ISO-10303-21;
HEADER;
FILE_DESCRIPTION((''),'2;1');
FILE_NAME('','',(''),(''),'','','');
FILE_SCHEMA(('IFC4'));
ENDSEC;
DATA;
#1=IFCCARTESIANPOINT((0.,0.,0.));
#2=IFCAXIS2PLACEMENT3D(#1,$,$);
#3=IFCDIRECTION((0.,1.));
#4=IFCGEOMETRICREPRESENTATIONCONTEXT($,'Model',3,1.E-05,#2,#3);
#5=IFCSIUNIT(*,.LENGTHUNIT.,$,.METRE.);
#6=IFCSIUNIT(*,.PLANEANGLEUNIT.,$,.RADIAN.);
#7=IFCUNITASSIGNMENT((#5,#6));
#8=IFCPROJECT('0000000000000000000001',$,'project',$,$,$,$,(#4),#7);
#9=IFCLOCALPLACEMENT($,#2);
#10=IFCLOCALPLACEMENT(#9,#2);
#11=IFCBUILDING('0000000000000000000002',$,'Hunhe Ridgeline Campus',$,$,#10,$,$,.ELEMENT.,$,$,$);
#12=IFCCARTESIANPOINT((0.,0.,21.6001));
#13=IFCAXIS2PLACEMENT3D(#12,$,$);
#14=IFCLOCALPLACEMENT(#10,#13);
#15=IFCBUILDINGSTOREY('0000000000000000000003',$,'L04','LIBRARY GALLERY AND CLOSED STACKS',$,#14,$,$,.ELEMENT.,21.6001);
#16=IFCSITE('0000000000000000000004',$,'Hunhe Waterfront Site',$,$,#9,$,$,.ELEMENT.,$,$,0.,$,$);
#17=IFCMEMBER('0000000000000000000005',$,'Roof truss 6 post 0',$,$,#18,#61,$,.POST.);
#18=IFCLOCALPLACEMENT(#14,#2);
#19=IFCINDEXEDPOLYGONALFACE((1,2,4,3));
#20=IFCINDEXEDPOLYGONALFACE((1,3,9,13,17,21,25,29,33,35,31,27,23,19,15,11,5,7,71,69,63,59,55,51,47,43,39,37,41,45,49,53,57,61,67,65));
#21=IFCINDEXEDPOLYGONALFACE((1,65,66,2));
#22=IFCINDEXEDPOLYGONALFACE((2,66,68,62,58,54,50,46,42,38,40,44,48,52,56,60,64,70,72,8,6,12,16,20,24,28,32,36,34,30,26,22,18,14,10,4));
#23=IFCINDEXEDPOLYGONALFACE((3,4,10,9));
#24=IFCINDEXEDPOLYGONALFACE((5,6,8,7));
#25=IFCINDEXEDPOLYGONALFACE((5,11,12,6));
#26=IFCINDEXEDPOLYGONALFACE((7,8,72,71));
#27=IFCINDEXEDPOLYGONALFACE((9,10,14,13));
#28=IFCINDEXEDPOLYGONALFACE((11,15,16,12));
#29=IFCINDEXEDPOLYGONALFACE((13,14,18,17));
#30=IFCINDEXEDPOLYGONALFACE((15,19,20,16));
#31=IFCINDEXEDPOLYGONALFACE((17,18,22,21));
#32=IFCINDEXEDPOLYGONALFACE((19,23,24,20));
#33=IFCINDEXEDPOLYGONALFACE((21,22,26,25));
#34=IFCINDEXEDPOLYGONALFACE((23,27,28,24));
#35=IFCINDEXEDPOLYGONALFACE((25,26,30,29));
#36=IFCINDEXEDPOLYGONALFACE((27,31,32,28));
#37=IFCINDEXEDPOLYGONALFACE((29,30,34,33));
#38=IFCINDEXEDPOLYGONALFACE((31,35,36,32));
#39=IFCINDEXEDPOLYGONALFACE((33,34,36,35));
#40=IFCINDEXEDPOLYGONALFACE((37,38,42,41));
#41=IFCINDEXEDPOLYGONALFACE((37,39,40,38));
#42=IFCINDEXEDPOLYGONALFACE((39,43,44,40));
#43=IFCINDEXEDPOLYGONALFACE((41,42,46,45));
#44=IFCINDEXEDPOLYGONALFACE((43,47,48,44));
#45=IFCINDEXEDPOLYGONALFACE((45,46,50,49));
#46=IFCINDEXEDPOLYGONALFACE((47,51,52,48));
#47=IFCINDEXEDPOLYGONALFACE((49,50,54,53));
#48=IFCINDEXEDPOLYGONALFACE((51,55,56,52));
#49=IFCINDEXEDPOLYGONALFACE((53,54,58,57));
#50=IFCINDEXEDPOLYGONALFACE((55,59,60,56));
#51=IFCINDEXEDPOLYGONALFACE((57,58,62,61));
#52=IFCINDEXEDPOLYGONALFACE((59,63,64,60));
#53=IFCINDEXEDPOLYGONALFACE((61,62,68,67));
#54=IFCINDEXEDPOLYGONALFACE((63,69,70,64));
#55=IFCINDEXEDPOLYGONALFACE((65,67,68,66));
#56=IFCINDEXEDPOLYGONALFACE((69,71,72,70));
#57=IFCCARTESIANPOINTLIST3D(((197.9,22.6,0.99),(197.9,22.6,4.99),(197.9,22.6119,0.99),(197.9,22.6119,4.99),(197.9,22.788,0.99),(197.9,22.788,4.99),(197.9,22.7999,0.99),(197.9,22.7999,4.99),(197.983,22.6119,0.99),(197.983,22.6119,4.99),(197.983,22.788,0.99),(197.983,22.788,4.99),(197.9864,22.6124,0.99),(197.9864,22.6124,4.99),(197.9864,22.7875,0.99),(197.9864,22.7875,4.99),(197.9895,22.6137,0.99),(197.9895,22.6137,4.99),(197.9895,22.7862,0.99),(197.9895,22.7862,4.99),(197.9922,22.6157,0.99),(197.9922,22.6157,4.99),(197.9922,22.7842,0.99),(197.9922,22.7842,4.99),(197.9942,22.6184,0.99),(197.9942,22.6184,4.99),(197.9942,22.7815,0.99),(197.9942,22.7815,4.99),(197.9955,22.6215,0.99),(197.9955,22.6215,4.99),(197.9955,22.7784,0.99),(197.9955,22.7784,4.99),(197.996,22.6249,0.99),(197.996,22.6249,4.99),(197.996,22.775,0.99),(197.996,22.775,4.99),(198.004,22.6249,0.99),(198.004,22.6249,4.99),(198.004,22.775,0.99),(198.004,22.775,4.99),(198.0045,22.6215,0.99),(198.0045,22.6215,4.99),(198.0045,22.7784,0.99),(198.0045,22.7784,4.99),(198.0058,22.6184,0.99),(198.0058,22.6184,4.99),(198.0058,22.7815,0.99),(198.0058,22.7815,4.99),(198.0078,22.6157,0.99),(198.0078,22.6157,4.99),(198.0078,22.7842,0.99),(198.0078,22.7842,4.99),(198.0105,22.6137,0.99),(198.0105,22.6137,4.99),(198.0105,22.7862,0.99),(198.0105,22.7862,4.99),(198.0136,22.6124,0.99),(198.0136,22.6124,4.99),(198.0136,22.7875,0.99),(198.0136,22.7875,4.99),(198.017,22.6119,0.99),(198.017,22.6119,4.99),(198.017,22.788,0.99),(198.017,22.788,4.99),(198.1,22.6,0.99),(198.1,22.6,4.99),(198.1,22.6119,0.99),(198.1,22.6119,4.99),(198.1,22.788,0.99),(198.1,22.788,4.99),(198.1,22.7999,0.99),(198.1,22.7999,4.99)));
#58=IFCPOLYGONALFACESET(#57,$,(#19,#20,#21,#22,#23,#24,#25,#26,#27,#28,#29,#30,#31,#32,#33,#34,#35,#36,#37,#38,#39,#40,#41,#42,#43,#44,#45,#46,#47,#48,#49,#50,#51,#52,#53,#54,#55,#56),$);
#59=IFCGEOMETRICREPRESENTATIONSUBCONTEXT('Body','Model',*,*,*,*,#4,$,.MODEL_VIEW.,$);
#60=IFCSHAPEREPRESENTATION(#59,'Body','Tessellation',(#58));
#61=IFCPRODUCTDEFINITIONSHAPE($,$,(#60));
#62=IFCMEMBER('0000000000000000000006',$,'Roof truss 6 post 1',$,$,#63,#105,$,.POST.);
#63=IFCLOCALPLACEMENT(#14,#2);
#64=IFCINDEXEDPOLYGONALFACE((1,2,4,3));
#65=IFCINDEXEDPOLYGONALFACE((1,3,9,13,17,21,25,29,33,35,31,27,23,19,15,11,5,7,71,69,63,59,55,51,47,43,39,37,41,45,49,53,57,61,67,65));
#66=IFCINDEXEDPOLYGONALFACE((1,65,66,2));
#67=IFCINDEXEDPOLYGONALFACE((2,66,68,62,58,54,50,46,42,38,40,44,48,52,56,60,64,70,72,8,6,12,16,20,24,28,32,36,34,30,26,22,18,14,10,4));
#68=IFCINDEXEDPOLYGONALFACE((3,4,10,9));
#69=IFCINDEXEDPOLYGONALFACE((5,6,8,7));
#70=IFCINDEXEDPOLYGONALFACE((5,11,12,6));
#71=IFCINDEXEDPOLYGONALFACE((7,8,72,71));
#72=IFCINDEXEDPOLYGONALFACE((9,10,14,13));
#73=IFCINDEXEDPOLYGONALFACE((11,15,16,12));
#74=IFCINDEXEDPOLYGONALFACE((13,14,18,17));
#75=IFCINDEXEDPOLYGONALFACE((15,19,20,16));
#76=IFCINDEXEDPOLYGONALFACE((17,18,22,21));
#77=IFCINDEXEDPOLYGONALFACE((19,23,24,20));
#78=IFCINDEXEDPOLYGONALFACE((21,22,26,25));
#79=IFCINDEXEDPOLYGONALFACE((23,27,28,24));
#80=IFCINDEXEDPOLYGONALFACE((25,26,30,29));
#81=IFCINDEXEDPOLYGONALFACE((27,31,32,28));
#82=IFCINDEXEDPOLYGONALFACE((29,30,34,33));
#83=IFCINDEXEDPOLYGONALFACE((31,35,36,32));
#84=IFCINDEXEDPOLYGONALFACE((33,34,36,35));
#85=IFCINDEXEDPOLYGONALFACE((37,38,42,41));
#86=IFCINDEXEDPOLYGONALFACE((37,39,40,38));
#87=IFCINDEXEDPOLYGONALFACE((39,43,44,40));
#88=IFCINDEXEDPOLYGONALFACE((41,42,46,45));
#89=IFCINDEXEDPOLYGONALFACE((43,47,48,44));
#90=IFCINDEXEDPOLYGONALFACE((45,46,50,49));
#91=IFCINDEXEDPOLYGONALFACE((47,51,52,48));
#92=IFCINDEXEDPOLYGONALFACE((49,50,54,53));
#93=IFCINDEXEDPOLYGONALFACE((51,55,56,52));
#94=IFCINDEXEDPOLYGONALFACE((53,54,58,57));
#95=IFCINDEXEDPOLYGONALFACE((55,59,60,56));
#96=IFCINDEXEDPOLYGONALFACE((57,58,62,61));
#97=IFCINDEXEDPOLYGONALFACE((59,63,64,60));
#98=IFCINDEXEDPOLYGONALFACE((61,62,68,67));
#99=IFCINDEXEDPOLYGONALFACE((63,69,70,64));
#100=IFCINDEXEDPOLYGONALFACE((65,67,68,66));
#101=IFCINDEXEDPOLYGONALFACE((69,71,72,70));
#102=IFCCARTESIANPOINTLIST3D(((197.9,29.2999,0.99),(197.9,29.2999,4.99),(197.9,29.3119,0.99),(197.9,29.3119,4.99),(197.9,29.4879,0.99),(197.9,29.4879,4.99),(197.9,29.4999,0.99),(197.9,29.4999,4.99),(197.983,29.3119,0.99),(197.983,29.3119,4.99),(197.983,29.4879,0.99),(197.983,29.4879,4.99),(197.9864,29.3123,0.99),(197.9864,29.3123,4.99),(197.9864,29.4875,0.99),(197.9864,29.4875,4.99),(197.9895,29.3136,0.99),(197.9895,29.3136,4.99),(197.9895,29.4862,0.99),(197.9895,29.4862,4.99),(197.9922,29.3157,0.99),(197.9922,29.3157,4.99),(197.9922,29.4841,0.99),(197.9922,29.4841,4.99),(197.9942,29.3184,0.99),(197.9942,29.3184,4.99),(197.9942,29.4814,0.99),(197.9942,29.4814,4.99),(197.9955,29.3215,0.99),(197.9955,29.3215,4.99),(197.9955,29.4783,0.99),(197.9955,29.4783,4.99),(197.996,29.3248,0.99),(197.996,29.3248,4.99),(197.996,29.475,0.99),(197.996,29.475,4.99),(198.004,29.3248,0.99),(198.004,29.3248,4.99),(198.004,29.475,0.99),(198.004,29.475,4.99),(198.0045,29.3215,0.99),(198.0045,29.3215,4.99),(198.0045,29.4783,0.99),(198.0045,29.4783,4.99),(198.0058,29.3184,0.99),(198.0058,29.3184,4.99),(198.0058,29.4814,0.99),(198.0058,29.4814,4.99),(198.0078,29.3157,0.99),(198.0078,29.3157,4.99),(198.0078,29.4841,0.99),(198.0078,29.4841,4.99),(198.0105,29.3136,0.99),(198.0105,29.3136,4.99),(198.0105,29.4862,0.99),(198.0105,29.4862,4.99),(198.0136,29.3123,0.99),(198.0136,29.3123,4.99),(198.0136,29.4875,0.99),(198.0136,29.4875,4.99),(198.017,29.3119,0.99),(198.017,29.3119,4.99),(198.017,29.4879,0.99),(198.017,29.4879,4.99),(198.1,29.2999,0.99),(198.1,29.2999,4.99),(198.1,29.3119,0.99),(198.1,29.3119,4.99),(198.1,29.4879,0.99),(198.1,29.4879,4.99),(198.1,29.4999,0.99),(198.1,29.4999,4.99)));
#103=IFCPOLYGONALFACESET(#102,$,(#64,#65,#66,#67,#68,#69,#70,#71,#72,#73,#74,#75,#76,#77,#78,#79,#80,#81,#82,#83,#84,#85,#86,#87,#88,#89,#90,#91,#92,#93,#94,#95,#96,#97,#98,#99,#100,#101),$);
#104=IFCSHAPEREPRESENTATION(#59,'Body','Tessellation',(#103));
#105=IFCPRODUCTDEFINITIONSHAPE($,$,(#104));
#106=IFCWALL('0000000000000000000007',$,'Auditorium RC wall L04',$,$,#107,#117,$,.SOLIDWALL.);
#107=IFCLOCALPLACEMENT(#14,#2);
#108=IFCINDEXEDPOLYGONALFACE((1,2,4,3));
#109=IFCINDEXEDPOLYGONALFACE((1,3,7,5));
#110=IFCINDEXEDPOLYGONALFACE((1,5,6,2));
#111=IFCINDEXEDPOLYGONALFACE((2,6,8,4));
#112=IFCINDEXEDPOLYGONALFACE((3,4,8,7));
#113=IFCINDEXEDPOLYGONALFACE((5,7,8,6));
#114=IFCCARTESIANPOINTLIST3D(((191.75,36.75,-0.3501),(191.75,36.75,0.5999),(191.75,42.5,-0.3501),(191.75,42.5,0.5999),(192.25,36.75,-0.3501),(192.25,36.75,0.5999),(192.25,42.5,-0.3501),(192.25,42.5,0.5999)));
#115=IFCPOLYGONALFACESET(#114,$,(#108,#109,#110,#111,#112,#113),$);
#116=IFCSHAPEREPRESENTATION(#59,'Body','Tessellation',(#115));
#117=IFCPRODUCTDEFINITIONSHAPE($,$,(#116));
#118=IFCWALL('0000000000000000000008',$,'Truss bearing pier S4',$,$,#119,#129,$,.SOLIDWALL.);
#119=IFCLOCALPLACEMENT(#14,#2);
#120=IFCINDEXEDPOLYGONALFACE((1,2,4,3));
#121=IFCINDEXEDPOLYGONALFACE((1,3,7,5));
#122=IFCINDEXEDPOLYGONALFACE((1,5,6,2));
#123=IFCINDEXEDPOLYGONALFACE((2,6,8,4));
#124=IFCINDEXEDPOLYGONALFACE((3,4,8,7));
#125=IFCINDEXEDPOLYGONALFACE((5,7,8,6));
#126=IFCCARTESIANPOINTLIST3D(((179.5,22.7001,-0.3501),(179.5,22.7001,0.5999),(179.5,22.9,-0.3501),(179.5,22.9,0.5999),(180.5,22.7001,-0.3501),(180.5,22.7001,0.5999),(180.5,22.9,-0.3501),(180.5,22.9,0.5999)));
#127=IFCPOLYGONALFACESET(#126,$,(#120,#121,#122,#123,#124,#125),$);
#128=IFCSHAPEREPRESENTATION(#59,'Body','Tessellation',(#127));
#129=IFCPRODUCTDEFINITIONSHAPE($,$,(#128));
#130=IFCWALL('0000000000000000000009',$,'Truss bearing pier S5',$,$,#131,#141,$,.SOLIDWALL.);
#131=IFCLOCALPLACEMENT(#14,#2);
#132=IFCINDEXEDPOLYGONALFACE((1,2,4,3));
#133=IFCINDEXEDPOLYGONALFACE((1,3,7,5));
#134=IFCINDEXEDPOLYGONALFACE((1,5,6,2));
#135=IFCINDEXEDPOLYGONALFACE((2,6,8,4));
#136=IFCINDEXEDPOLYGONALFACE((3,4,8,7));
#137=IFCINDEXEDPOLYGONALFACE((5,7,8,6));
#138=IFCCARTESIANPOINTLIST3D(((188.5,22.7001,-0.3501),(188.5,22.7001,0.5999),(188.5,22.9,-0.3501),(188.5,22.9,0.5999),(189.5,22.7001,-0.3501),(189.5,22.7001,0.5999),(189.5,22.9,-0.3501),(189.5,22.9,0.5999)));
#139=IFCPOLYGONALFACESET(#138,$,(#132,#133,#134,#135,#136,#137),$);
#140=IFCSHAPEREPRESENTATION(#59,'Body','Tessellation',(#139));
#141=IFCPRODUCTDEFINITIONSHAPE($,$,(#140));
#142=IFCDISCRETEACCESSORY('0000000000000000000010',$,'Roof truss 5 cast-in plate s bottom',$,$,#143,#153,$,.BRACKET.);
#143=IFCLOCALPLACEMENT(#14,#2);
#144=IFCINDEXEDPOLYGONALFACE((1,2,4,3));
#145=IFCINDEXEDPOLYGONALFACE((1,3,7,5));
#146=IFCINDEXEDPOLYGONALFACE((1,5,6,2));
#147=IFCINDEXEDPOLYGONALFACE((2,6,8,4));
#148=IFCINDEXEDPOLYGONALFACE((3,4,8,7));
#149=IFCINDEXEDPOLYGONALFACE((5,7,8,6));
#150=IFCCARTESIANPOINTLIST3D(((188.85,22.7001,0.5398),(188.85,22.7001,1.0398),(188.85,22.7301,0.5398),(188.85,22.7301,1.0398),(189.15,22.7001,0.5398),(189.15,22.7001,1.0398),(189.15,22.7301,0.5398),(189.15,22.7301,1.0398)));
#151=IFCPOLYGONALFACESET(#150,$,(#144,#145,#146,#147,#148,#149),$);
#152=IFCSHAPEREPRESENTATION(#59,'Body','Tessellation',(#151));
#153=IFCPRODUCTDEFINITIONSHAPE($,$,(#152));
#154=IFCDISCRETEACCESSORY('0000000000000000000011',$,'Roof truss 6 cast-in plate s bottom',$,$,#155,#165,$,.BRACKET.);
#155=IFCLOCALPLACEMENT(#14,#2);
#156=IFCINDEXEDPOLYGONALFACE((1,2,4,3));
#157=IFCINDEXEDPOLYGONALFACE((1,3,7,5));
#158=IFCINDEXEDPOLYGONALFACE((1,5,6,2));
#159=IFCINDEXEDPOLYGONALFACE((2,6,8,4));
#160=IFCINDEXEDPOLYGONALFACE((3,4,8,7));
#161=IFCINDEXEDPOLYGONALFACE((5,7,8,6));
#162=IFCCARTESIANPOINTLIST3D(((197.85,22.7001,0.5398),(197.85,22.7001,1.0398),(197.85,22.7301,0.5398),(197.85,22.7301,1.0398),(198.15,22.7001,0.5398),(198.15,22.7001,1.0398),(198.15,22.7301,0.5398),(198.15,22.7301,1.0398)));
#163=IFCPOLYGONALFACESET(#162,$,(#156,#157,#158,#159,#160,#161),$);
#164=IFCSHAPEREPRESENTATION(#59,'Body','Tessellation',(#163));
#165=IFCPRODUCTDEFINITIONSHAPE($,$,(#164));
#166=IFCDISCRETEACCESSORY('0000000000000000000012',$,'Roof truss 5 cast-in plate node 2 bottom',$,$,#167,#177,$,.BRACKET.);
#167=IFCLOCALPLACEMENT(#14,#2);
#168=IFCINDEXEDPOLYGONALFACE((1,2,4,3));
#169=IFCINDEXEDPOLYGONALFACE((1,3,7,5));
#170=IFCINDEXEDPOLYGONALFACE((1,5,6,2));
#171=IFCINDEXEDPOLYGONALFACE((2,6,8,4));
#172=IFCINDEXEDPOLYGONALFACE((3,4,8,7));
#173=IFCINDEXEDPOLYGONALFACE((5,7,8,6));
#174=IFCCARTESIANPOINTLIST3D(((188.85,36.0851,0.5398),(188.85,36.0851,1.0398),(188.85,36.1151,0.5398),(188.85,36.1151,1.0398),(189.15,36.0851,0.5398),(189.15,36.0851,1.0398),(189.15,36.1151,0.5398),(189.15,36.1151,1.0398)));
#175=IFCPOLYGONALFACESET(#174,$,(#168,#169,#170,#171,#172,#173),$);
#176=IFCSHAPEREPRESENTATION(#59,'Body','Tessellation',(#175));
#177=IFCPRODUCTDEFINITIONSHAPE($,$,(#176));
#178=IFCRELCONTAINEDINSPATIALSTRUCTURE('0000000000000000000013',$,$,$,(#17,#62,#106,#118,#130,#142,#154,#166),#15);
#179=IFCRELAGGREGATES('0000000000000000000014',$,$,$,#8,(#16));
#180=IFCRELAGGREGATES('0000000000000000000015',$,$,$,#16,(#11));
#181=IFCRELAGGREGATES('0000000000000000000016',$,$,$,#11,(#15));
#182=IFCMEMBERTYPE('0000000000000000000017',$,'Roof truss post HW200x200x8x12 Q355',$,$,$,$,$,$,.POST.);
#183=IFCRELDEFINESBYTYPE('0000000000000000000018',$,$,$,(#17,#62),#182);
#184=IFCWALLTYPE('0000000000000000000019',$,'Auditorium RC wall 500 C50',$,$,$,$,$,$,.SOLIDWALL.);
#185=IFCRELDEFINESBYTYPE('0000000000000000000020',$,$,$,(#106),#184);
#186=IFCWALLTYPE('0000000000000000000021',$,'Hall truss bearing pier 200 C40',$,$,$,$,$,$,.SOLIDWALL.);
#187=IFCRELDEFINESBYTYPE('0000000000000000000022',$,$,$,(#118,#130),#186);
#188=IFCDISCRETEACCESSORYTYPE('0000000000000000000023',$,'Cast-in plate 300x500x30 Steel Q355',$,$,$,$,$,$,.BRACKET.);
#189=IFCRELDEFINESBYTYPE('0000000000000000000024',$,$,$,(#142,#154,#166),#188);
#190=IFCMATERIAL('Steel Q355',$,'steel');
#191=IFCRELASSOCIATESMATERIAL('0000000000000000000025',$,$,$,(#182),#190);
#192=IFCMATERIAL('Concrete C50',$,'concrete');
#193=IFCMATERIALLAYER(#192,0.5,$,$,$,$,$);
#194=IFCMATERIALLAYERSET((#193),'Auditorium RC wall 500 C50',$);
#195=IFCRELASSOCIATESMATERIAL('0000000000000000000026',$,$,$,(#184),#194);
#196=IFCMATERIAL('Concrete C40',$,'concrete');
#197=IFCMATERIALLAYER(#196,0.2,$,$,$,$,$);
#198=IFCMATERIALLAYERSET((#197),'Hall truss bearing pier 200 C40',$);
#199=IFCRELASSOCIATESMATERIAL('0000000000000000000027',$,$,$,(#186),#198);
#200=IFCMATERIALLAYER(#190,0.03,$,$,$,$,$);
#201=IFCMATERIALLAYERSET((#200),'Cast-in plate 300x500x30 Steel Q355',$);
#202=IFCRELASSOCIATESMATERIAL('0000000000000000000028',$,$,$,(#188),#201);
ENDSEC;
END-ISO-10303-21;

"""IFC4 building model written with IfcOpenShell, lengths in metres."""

from ifc_helpers import new_model, si_unit, direction, frame, frame_2d, origin, origin_2d, place, context, subcontext, project, spatial, rectangle, i_section, extrude, material, layer, layer_set, material_profile, profile_set, type_object, element, save


model = new_model("IFC4")

# Units and contexts
model_context = context("Model", 3, precision=1e-05, world=origin(), true_north=direction((0.0, 1.0)))
body_context = subcontext(model_context, "Body", "Model", "MODEL_VIEW")
ifc_project = project(units=[si_unit("LENGTHUNIT", "METRE"), si_unit("PLANEANGLEUNIT", "RADIAN")], contexts=[model_context])

# Site, building, storey
site_placement = place(None, origin())
site = spatial("IfcSite", under=ifc_project, at=site_placement, Name="Hunhe Waterfront Site", CompositionType="ELEMENT", RefElevation=0.0)
building_placement = place(site_placement, origin())
building = spatial("IfcBuilding", under=site, at=building_placement, Name="Hunhe Ridgeline Campus", CompositionType="ELEMENT")
storey_placement = place(building_placement, frame((0.0, 0.0, 21.6001)))
storey = spatial("IfcBuildingStorey", under=building, at=storey_placement, Name="L04", Description="LIBRARY GALLERY AND CLOSED STACKS", CompositionType="ELEMENT", Elevation=21.6001)

# Members
ifc_material_1 = material(Name="Steel Q355", Category="steel")
ifc_material_profile_1 = material_profile(ifc_material_1, i_section(OverallWidth=0.2, OverallDepth=0.2, WebThickness=0.0081, FlangeThickness=0.012, FilletRadius=0.0129, at=origin_2d()))
ifc_profile_set_1 = profile_set([ifc_material_profile_1], Name="Steel Q355")
member_type_1 = type_object("IfcMemberType", Name="Roof truss post HW200x200x8x12 Q355", PredefinedType="POST", material=ifc_profile_set_1)
for number, where, z_axis, x_axis, name in (
    (1, (198.0, 22.7, 0.99), (0.0, 0.0, 1.0), (1.0, 0.0, 0.0), "Roof truss 6 post 0"),
    (2, (198.0, 29.3999, 0.99), (0.0, 0.0, 1.0), (1.0, 0.0, 0.0), "Roof truss 6 post 1"),
):
    element("IfcMember", number, at=place(storey_placement, frame(where, z_axis=z_axis, x_axis=x_axis)), inside=storey, type_object=member_type_1, Name=name, PredefinedType="POST", context=body_context, shape_type="SweptSolid", body=[
        extrude(i_section(OverallWidth=0.2, OverallDepth=0.2, WebThickness=0.0081, FlangeThickness=0.012, FilletRadius=0.0129, at=origin_2d()), origin(), (0.0, 0.0, 1.0), 4.0),
    ])

# Walls
ifc_material_2 = material(Name="Concrete C50", Category="concrete")
ifc_layer_1 = layer(ifc_material_2, 0.5)
ifc_layer_set_1 = layer_set([ifc_layer_1], Name="Auditorium RC wall 500 C50")
wall_type_1 = type_object("IfcWallType", Name="Auditorium RC wall 500 C50", PredefinedType="SOLIDWALL", material=ifc_layer_set_1)
wall_placement = place(storey_placement, frame((192.0, 36.75, -0.3501), z_axis=(0.0, 0.0, 1.0), x_axis=(0.0, 1.0, 0.0)))
element("IfcWall", 3, at=wall_placement, inside=storey, type_object=wall_type_1, Name="Auditorium RC wall L04", PredefinedType="SOLIDWALL", context=body_context, shape_type="SweptSolid", body=[
    extrude(rectangle(XDim=5.75, YDim=0.5, at=frame_2d((2.875, 0.0))), origin(), (0.0, 0.0, 1.0), 0.95),
])
ifc_material_3 = material(Name="Concrete C40", Category="concrete")
ifc_layer_2 = layer(ifc_material_3, 0.2)
ifc_layer_set_2 = layer_set([ifc_layer_2], Name="Hall truss bearing pier 200 C40")
wall_type_2 = type_object("IfcWallType", Name="Hall truss bearing pier 200 C40", PredefinedType="SOLIDWALL", material=ifc_layer_set_2)
for number, where, z_axis, x_axis, name in (
    (4, (180.5, 22.8, -0.3501), (0.0, 0.0, 1.0), (-1.0, 0.0, 0.0), "Truss bearing pier S4"),
    (5, (189.5, 22.8, -0.3501), (0.0, 0.0, 1.0), (-1.0, 0.0, 0.0), "Truss bearing pier S5"),
):
    element("IfcWall", number, at=place(storey_placement, frame(where, z_axis=z_axis, x_axis=x_axis)), inside=storey, type_object=wall_type_2, Name=name, PredefinedType="SOLIDWALL", context=body_context, shape_type="SweptSolid", body=[
        extrude(rectangle(XDim=1.0, YDim=0.2, at=frame_2d((0.5, 0.0))), origin(), (0.0, 0.0, 1.0), 0.95),
    ])

# Discrete accessories
ifc_layer_3 = layer(ifc_material_1, 0.03)
ifc_layer_set_3 = layer_set([ifc_layer_3], Name="Cast-in plate 300x500x30 Steel Q355")
discrete_accessory_type = type_object("IfcDiscreteAccessoryType", Name="Cast-in plate 300x500x30 Steel Q355", PredefinedType="BRACKET", material=ifc_layer_set_3)
for number, where, z_axis, x_axis, name in (
    (6, (189.0, 22.7151, 0.5398), (0.0, 0.0, 1.0), (0.0, 1.0, 0.0), "Roof truss 5 cast-in plate s bottom"),
    (7, (198.0, 22.7151, 0.5398), (0.0, 0.0, 1.0), (0.0, 1.0, 0.0), "Roof truss 6 cast-in plate s bottom"),
    (8, (189.0, 36.1001, 0.5398), (0.0, 0.0, 1.0), (0.0, 1.0, 0.0), "Roof truss 5 cast-in plate node 2 bottom"),
):
    element("IfcDiscreteAccessory", number, at=place(storey_placement, frame(where, z_axis=z_axis, x_axis=x_axis)), inside=storey, type_object=discrete_accessory_type, Name=name, PredefinedType="BRACKET", context=body_context, shape_type="SweptSolid", body=[
        extrude(rectangle(XDim=0.03, YDim=0.3, at=origin_2d()), origin(), (0.0, 0.0, 1.0), 0.5),
    ])

save(model, "model.ifc")
